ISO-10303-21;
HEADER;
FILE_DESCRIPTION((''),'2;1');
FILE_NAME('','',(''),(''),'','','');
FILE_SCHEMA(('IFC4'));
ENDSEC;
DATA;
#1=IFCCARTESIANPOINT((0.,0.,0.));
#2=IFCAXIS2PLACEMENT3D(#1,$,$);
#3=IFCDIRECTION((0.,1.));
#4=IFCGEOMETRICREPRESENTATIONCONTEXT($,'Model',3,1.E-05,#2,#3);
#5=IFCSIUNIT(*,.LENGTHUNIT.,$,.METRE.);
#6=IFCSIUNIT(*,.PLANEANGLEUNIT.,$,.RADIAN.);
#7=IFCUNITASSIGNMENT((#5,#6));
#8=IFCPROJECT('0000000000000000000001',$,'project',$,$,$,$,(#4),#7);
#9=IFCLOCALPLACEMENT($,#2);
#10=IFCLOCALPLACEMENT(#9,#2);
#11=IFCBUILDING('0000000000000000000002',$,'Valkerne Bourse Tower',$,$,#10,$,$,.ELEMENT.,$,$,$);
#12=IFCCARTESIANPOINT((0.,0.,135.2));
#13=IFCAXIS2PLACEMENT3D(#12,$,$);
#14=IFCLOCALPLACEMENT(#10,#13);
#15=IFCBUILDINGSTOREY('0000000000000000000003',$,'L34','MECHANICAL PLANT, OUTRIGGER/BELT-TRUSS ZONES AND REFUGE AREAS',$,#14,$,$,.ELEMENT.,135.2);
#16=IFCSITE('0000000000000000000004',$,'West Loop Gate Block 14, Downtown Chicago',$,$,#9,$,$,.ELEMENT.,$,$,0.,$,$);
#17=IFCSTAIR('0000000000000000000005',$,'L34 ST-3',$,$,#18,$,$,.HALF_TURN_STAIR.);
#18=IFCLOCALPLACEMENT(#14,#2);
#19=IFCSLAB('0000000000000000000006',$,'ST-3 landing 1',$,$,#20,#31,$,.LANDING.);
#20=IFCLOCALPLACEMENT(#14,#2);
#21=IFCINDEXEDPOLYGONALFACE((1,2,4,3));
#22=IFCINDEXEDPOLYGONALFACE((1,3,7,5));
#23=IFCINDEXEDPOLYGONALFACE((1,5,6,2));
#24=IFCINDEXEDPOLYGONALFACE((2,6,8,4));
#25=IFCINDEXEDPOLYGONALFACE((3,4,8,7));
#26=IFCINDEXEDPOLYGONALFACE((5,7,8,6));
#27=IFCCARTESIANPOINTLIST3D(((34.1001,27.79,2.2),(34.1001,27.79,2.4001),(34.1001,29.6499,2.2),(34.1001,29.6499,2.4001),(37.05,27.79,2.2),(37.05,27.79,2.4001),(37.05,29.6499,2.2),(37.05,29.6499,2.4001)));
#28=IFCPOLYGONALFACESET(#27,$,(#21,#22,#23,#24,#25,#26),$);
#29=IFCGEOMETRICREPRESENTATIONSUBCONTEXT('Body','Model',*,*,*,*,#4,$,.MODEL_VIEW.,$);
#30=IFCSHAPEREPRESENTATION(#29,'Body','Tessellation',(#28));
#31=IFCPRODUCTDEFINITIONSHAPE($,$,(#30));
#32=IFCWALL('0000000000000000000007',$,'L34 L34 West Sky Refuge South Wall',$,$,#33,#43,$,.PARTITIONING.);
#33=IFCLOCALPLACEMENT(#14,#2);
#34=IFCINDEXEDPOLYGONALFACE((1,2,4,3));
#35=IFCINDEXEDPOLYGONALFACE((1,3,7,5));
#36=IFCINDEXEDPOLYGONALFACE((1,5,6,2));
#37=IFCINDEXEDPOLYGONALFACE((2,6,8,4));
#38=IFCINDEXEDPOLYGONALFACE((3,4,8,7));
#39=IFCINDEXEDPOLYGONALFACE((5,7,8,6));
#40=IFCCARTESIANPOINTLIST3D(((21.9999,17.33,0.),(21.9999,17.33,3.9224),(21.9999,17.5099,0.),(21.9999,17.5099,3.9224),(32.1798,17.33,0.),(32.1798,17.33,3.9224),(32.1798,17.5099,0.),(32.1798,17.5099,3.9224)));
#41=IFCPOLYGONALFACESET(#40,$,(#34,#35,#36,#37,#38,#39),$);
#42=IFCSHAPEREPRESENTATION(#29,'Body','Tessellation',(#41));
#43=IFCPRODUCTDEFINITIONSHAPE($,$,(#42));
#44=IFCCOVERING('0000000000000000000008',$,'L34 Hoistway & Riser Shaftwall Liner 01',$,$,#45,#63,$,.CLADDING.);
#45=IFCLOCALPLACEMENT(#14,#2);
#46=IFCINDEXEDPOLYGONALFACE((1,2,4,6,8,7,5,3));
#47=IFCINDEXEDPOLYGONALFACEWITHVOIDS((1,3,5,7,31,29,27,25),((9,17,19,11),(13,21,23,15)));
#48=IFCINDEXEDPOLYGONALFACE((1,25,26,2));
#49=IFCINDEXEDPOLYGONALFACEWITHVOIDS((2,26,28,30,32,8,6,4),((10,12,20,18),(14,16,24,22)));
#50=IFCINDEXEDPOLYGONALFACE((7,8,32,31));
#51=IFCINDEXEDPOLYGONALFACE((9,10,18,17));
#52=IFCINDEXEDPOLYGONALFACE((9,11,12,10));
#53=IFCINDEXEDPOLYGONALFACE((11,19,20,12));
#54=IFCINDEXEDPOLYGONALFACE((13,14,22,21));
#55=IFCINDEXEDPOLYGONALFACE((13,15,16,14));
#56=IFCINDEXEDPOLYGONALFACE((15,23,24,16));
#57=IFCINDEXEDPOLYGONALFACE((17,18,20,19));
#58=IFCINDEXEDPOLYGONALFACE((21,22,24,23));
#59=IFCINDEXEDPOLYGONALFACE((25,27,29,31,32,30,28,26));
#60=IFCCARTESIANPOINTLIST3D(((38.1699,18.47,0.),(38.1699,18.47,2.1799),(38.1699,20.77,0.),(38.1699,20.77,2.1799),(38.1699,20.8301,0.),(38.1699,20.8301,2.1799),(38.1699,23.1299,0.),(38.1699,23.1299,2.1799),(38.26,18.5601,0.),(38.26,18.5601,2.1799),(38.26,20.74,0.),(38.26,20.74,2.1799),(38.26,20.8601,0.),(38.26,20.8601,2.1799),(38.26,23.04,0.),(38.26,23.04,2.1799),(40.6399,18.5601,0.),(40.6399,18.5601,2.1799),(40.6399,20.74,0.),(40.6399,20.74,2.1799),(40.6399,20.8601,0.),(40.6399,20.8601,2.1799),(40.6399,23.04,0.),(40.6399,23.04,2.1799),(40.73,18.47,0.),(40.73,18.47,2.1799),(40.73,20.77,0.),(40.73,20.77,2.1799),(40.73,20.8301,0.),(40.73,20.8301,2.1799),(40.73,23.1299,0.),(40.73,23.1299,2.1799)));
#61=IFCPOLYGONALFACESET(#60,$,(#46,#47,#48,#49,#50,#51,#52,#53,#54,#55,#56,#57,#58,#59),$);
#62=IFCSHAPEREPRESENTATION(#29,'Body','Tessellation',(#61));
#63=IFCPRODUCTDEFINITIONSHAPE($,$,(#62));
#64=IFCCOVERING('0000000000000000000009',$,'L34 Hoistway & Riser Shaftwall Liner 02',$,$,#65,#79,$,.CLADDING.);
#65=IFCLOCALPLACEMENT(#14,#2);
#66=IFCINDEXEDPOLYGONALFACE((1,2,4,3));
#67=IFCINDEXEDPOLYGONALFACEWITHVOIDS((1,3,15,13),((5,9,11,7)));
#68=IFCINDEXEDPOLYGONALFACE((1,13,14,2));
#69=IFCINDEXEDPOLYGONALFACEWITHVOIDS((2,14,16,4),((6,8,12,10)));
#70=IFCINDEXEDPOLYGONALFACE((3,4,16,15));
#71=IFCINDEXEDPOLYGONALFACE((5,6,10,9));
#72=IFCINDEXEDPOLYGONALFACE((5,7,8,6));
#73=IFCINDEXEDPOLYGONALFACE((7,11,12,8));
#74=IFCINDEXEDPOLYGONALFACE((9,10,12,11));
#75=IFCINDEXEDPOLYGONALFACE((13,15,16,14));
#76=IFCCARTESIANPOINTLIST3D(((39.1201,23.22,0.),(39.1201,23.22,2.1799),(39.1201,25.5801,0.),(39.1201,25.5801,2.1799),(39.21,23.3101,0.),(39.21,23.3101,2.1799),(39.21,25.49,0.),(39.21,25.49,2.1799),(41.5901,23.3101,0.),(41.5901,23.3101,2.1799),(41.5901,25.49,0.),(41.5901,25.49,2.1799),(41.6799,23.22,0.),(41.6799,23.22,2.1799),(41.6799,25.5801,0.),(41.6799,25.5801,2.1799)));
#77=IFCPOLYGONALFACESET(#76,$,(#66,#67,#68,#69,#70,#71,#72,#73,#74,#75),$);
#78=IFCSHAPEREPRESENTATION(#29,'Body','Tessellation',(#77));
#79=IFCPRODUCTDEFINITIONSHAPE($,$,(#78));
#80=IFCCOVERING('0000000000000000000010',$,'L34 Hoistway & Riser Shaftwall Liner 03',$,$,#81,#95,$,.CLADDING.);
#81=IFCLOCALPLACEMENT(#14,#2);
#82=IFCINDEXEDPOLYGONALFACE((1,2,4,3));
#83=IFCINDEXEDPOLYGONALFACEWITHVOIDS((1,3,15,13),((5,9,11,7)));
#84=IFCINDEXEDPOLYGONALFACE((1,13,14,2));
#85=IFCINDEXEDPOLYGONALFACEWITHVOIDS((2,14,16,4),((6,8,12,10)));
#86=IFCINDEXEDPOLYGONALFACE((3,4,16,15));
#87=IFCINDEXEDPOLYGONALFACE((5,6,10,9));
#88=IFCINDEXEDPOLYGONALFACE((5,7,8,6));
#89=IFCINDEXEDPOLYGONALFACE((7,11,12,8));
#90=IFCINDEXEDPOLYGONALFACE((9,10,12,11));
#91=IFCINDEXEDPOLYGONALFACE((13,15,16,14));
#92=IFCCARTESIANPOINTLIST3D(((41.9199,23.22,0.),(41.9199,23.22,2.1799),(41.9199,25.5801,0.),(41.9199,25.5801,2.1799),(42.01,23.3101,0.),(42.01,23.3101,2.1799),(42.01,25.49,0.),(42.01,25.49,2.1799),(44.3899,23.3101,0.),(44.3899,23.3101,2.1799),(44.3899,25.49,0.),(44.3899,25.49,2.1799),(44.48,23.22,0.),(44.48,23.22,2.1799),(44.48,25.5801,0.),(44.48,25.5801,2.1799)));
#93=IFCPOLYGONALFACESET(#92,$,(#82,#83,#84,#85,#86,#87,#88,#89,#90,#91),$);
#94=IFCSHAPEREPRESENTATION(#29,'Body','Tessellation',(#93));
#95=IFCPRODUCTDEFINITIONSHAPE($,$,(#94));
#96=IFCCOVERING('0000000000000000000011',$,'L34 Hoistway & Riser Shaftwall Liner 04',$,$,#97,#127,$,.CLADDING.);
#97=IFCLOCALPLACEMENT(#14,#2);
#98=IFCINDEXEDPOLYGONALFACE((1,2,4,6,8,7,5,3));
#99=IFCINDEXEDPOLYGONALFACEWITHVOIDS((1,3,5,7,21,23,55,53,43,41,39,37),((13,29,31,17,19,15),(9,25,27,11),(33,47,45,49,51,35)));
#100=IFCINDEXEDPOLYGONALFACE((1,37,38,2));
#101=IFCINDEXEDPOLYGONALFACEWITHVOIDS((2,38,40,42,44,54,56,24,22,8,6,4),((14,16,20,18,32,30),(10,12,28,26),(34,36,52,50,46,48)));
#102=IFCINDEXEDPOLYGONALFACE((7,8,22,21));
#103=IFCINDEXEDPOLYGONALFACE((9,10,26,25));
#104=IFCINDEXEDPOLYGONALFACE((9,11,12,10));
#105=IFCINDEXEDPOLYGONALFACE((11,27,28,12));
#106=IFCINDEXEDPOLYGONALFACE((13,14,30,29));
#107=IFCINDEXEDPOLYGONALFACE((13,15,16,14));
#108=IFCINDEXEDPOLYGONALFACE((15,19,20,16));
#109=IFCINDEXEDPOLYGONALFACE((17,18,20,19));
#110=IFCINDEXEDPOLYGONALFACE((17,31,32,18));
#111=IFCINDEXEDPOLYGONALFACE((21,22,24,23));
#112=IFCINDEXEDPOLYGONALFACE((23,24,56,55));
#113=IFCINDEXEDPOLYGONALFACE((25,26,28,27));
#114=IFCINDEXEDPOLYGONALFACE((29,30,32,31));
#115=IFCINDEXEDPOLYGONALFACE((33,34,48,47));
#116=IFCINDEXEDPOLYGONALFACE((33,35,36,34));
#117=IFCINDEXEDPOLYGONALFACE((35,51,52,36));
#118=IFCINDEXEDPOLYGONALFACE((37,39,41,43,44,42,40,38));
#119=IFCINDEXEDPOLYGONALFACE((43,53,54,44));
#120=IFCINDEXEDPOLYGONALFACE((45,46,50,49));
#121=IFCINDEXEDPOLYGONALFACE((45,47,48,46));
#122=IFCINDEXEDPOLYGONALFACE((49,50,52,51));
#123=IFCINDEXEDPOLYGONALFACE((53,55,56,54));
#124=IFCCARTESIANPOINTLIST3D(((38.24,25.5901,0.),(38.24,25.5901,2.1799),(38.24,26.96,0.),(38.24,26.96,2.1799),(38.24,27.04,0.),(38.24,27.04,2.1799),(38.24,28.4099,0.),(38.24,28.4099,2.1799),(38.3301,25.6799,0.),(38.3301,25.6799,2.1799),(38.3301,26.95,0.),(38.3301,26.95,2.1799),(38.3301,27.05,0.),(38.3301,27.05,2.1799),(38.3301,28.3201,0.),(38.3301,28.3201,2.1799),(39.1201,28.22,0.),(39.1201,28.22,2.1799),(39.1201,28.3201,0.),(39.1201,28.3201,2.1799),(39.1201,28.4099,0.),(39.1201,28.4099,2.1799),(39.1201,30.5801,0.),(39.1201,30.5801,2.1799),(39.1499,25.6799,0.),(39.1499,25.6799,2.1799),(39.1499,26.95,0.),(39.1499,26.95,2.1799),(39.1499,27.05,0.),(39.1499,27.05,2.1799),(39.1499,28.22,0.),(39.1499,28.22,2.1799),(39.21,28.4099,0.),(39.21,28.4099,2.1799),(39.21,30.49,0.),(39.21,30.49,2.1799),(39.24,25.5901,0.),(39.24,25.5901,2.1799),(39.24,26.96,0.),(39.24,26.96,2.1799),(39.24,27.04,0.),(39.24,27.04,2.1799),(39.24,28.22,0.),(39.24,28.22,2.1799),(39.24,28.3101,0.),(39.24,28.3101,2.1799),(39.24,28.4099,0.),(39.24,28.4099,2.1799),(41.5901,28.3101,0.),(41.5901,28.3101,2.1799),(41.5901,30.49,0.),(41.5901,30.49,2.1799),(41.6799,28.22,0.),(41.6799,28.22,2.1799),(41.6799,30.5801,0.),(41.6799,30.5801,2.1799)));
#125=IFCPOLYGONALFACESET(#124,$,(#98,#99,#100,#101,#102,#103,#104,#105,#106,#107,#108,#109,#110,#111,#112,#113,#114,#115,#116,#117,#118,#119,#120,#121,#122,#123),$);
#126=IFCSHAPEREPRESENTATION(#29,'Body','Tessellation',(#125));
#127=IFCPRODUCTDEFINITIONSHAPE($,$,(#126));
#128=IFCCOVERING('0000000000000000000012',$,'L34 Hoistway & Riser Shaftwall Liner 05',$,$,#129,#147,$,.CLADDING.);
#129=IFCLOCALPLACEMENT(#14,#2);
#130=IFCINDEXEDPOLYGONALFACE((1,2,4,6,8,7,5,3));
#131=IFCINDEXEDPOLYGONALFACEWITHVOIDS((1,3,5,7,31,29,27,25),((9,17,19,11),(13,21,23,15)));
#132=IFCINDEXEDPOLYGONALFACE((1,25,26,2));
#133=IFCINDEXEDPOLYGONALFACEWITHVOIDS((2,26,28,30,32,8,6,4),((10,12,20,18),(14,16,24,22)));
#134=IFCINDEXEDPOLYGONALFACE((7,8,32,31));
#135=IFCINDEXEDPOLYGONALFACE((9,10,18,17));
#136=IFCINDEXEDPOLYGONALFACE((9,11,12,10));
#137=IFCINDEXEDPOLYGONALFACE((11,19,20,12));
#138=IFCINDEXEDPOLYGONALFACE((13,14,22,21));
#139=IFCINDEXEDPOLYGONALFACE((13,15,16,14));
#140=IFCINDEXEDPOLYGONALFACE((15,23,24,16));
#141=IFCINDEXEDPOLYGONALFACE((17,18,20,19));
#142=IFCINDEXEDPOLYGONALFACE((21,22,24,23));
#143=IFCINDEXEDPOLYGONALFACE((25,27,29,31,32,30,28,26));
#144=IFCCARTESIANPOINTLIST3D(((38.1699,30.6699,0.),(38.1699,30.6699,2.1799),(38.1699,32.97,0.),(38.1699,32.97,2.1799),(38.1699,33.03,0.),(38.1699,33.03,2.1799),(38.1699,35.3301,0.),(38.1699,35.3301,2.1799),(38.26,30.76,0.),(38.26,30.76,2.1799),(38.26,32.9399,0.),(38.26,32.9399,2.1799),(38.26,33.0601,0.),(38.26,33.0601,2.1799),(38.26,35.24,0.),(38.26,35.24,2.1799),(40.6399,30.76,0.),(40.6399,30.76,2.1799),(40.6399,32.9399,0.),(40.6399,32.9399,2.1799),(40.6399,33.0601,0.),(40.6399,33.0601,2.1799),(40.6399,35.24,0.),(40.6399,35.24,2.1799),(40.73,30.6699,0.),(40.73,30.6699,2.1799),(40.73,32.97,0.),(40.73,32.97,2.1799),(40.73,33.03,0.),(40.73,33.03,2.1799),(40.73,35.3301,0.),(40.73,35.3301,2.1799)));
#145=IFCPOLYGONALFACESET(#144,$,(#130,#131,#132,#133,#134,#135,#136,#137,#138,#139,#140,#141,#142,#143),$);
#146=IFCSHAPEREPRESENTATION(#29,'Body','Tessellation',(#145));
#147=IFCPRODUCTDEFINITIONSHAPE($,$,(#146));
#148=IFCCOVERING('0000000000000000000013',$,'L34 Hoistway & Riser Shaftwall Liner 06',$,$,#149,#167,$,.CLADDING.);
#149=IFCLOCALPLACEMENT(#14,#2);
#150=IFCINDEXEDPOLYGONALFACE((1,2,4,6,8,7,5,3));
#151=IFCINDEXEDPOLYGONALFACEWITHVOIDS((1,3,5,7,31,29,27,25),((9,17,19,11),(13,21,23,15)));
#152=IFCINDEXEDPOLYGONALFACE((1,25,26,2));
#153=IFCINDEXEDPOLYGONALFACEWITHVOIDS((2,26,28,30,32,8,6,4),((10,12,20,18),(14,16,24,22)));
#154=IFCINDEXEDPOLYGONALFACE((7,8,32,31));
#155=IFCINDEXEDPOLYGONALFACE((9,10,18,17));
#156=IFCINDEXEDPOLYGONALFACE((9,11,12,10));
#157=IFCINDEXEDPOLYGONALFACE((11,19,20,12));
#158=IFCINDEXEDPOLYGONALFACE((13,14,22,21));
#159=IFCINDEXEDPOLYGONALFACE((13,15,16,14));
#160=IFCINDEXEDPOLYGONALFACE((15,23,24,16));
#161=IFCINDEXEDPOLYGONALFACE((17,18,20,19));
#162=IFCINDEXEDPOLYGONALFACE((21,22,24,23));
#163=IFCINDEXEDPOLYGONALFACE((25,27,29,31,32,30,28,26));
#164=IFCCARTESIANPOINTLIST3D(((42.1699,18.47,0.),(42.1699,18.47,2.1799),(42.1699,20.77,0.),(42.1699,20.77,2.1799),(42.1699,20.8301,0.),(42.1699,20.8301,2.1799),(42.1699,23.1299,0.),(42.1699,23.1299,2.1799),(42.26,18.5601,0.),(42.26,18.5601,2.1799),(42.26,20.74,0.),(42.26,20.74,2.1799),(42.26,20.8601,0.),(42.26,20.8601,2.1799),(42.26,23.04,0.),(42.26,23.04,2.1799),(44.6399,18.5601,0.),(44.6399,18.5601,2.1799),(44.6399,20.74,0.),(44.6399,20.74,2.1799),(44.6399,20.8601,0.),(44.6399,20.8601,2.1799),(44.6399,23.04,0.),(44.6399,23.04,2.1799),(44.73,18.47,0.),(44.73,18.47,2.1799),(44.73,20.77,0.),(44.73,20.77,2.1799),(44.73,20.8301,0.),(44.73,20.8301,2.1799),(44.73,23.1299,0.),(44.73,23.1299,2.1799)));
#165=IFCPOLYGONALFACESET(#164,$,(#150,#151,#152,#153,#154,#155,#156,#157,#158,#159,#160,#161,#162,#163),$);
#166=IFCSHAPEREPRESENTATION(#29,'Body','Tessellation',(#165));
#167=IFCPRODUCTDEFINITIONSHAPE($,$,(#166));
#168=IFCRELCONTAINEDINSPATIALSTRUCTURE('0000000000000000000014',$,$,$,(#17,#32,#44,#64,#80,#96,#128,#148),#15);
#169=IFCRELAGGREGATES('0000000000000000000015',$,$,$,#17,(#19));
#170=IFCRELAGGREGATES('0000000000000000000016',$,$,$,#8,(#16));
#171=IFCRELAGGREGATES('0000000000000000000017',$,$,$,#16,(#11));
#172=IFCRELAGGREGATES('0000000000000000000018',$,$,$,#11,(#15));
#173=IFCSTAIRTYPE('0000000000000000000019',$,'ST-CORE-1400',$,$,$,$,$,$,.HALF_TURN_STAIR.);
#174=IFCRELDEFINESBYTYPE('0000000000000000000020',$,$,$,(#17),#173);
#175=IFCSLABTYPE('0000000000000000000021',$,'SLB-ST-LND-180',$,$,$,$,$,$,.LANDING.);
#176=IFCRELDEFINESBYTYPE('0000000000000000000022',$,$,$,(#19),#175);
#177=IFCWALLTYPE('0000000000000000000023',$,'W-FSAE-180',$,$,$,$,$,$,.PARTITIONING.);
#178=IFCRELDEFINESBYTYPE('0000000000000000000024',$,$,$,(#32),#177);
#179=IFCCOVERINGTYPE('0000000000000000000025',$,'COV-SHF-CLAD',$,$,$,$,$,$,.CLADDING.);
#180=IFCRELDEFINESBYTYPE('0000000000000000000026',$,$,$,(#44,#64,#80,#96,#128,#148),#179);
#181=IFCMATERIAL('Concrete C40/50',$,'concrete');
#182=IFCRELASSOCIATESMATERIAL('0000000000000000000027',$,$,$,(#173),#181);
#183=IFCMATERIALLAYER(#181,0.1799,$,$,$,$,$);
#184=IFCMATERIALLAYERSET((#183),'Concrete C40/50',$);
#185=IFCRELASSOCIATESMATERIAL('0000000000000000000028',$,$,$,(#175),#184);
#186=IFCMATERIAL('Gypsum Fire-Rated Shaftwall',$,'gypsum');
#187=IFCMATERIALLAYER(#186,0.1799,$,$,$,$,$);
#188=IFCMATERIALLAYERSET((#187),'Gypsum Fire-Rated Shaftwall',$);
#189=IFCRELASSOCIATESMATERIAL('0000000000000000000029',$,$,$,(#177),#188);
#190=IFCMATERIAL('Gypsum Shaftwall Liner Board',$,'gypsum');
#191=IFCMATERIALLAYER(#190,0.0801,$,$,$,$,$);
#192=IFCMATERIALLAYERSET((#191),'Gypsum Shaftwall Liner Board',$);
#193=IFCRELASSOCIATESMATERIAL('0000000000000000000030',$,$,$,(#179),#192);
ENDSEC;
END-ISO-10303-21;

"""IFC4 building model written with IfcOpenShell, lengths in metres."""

from ifc_helpers import new_model, si_unit, direction, frame, frame_2d, origin, place, context, subcontext, project, spatial, polyline, rectangle, outline, extrude, material, layer, layer_set, type_object, element, aggregate, save


model = new_model("IFC4")

# Units and contexts
model_context = context("Model", 3, precision=1e-05, world=origin(), true_north=direction((0.0, 1.0)))
body_context = subcontext(model_context, "Body", "Model", "MODEL_VIEW")
ifc_project = project(units=[si_unit("LENGTHUNIT", "METRE"), si_unit("PLANEANGLEUNIT", "RADIAN")], contexts=[model_context])

# Site, building, storey
site_placement = place(None, origin())
site = spatial("IfcSite", under=ifc_project, at=site_placement, Name="West Loop Gate Block 14, Downtown Chicago", CompositionType="ELEMENT", RefElevation=0.0)
building_placement = place(site_placement, origin())
building = spatial("IfcBuilding", under=site, at=building_placement, Name="Valkerne Bourse Tower", CompositionType="ELEMENT")
storey_placement = place(building_placement, frame((0.0, 0.0, 135.2)))
storey = spatial("IfcBuildingStorey", under=building, at=storey_placement, Name="L34", Description="MECHANICAL PLANT, OUTRIGGER/BELT-TRUSS ZONES AND REFUGE AREAS", CompositionType="ELEMENT", Elevation=135.2)

# Stair, slab
ifc_material_1 = material(Name="Concrete C40/50", Category="concrete")
stair_type = type_object("IfcStairType", Name="ST-CORE-1400", PredefinedType="HALF_TURN_STAIR", material=ifc_material_1)
stair_placement = place(storey_placement, origin())
stair = element("IfcStair", 1, at=stair_placement, inside=storey, type_object=stair_type, Name="L34 ST-3", PredefinedType="HALF_TURN_STAIR")
ifc_layer_1 = layer(ifc_material_1, 0.1799)
ifc_layer_set_1 = layer_set([ifc_layer_1], Name="Concrete C40/50")
slab_type = type_object("IfcSlabType", Name="SLB-ST-LND-180", PredefinedType="LANDING", material=ifc_layer_set_1)
slab_placement = place(storey_placement, frame((0.0, 0.0, 2.2)))
slab = element("IfcSlab", 2, at=slab_placement, type_object=slab_type, Name="ST-3 landing 1", PredefinedType="LANDING", context=body_context, shape_type="SweptSolid", body=[
    extrude(outline(polyline([(37.05, 27.79), (37.05, 29.6499), (34.1001, 29.6499), (34.1001, 27.79), (37.05, 27.79)])), origin(), (0.0, 0.0, 1.0), 0.2002),
])
aggregate(stair, [slab])

# Wall
ifc_material_2 = material(Name="Gypsum Fire-Rated Shaftwall", Category="gypsum")
ifc_layer_2 = layer(ifc_material_2, 0.1799)
ifc_layer_set_2 = layer_set([ifc_layer_2], Name="Gypsum Fire-Rated Shaftwall")
wall_type = type_object("IfcWallType", Name="W-FSAE-180", PredefinedType="PARTITIONING", material=ifc_layer_set_2)
wall_placement = place(storey_placement, frame((22.0, 17.4199, 0.0), z_axis=(0.0, 0.0, 1.0), x_axis=(1.0, 0.0, 0.0)))
element("IfcWall", 3, at=wall_placement, inside=storey, type_object=wall_type, Name="L34 L34 West Sky Refuge South Wall", PredefinedType="PARTITIONING", context=body_context, shape_type="SweptSolid", body=[
    extrude(rectangle(XDim=10.1799, YDim=0.1799, at=frame_2d((5.0898, 0.0))), origin(), (0.0, 0.0, 1.0), 3.9224),
])

# Coverings
ifc_material_3 = material(Name="Gypsum Shaftwall Liner Board", Category="gypsum")
ifc_layer_3 = layer(ifc_material_3, 0.0801)
ifc_layer_set_3 = layer_set([ifc_layer_3], Name="Gypsum Shaftwall Liner Board")
covering_type = type_object("IfcCoveringType", Name="COV-SHF-CLAD", PredefinedType="CLADDING", material=ifc_layer_set_3)
covering_1_placement = place(storey_placement, origin())
element("IfcCovering", 4, at=covering_1_placement, inside=storey, type_object=covering_type, Name="L34 Hoistway & Riser Shaftwall Liner 01", PredefinedType="CLADDING", context=body_context, shape_type="SweptSolid", body=[
    extrude(outline(polyline([(38.1699, 23.1299), (40.73, 23.1299), (40.73, 20.8301), (40.73, 20.77), (40.73, 18.47), (38.1699, 18.47), (38.1699, 20.77), (38.1699, 20.8301), (38.1699, 23.1299)]), holes=[polyline([(38.26, 20.74), (38.26, 18.5601), (40.6399, 18.5601), (40.6399, 20.74), (38.26, 20.74)]), polyline([(38.26, 23.04), (38.26, 20.8601), (40.6399, 20.8601), (40.6399, 23.04), (38.26, 23.04)])]), origin(), (0.0, 0.0, 1.0), 2.1799),
])
covering_2_placement = place(storey_placement, origin())
element("IfcCovering", 5, at=covering_2_placement, inside=storey, type_object=covering_type, Name="L34 Hoistway & Riser Shaftwall Liner 02", PredefinedType="CLADDING", context=body_context, shape_type="SweptSolid", body=[
    extrude(outline(polyline([(41.6799, 23.22), (39.1201, 23.22), (39.1201, 25.5801), (41.6799, 25.5801), (41.6799, 23.22)]), holes=[polyline([(39.21, 25.49), (39.21, 23.3101), (41.5901, 23.3101), (41.5901, 25.49), (39.21, 25.49)])]), origin(), (0.0, 0.0, 1.0), 2.1799),
])
covering_3_placement = place(storey_placement, origin())
element("IfcCovering", 6, at=covering_3_placement, inside=storey, type_object=covering_type, Name="L34 Hoistway & Riser Shaftwall Liner 03", PredefinedType="CLADDING", context=body_context, shape_type="SweptSolid", body=[
    extrude(outline(polyline([(44.48, 23.22), (41.9199, 23.22), (41.9199, 25.5801), (44.48, 25.5801), (44.48, 23.22)]), holes=[polyline([(42.01, 25.49), (42.01, 23.3101), (44.3899, 23.3101), (44.3899, 25.49), (42.01, 25.49)])]), origin(), (0.0, 0.0, 1.0), 2.1799),
])
covering_4_placement = place(storey_placement, origin())
element("IfcCovering", 7, at=covering_4_placement, inside=storey, type_object=covering_type, Name="L34 Hoistway & Riser Shaftwall Liner 04", PredefinedType="CLADDING", context=body_context, shape_type="SweptSolid", body=[
    extrude(outline(polyline([(38.24, 28.4099), (39.1201, 28.4099), (39.1201, 30.5801), (41.6799, 30.5801), (41.6799, 28.22), (39.24, 28.22), (39.24, 27.04), (39.24, 26.96), (39.24, 25.5901), (38.24, 25.5901), (38.24, 26.96), (38.24, 27.04), (38.24, 28.4099)]), holes=[polyline([(39.21, 30.49), (39.21, 28.4099), (39.24, 28.4099), (39.24, 28.3101), (41.5901, 28.3101), (41.5901, 30.49), (39.21, 30.49)]), polyline([(38.3301, 26.95), (38.3301, 25.6799), (39.1499, 25.6799), (39.1499, 26.95), (38.3301, 26.95)]), polyline([(39.1201, 28.22), (39.1201, 28.3201), (38.3301, 28.3201), (38.3301, 27.05), (39.1499, 27.05), (39.1499, 28.22), (39.1201, 28.22)])]), origin(), (0.0, 0.0, 1.0), 2.1799),
])
covering_5_placement = place(storey_placement, origin())
element("IfcCovering", 8, at=covering_5_placement, inside=storey, type_object=covering_type, Name="L34 Hoistway & Riser Shaftwall Liner 05", PredefinedType="CLADDING", context=body_context, shape_type="SweptSolid", body=[
    extrude(outline(polyline([(38.1699, 35.3301), (40.73, 35.3301), (40.73, 33.03), (40.73, 32.97), (40.73, 30.6699), (38.1699, 30.6699), (38.1699, 32.97), (38.1699, 33.03), (38.1699, 35.3301)]), holes=[polyline([(38.26, 32.9399), (38.26, 30.76), (40.6399, 30.76), (40.6399, 32.9399), (38.26, 32.9399)]), polyline([(38.26, 35.24), (38.26, 33.0601), (40.6399, 33.0601), (40.6399, 35.24), (38.26, 35.24)])]), origin(), (0.0, 0.0, 1.0), 2.1799),
])
covering_6_placement = place(storey_placement, origin())
element("IfcCovering", 9, at=covering_6_placement, inside=storey, type_object=covering_type, Name="L34 Hoistway & Riser Shaftwall Liner 06", PredefinedType="CLADDING", context=body_context, shape_type="SweptSolid", body=[
    extrude(outline(polyline([(42.1699, 20.8301), (42.1699, 23.1299), (44.73, 23.1299), (44.73, 20.8301), (44.73, 20.77), (44.73, 18.47), (42.1699, 18.47), (42.1699, 20.77), (42.1699, 20.8301)]), holes=[polyline([(42.26, 20.74), (42.26, 18.5601), (44.6399, 18.5601), (44.6399, 20.74), (42.26, 20.74)]), polyline([(42.26, 23.04), (42.26, 20.8601), (44.6399, 20.8601), (44.6399, 23.04), (42.26, 23.04)])]), origin(), (0.0, 0.0, 1.0), 2.1799),
])

save(model, "model.ifc")
